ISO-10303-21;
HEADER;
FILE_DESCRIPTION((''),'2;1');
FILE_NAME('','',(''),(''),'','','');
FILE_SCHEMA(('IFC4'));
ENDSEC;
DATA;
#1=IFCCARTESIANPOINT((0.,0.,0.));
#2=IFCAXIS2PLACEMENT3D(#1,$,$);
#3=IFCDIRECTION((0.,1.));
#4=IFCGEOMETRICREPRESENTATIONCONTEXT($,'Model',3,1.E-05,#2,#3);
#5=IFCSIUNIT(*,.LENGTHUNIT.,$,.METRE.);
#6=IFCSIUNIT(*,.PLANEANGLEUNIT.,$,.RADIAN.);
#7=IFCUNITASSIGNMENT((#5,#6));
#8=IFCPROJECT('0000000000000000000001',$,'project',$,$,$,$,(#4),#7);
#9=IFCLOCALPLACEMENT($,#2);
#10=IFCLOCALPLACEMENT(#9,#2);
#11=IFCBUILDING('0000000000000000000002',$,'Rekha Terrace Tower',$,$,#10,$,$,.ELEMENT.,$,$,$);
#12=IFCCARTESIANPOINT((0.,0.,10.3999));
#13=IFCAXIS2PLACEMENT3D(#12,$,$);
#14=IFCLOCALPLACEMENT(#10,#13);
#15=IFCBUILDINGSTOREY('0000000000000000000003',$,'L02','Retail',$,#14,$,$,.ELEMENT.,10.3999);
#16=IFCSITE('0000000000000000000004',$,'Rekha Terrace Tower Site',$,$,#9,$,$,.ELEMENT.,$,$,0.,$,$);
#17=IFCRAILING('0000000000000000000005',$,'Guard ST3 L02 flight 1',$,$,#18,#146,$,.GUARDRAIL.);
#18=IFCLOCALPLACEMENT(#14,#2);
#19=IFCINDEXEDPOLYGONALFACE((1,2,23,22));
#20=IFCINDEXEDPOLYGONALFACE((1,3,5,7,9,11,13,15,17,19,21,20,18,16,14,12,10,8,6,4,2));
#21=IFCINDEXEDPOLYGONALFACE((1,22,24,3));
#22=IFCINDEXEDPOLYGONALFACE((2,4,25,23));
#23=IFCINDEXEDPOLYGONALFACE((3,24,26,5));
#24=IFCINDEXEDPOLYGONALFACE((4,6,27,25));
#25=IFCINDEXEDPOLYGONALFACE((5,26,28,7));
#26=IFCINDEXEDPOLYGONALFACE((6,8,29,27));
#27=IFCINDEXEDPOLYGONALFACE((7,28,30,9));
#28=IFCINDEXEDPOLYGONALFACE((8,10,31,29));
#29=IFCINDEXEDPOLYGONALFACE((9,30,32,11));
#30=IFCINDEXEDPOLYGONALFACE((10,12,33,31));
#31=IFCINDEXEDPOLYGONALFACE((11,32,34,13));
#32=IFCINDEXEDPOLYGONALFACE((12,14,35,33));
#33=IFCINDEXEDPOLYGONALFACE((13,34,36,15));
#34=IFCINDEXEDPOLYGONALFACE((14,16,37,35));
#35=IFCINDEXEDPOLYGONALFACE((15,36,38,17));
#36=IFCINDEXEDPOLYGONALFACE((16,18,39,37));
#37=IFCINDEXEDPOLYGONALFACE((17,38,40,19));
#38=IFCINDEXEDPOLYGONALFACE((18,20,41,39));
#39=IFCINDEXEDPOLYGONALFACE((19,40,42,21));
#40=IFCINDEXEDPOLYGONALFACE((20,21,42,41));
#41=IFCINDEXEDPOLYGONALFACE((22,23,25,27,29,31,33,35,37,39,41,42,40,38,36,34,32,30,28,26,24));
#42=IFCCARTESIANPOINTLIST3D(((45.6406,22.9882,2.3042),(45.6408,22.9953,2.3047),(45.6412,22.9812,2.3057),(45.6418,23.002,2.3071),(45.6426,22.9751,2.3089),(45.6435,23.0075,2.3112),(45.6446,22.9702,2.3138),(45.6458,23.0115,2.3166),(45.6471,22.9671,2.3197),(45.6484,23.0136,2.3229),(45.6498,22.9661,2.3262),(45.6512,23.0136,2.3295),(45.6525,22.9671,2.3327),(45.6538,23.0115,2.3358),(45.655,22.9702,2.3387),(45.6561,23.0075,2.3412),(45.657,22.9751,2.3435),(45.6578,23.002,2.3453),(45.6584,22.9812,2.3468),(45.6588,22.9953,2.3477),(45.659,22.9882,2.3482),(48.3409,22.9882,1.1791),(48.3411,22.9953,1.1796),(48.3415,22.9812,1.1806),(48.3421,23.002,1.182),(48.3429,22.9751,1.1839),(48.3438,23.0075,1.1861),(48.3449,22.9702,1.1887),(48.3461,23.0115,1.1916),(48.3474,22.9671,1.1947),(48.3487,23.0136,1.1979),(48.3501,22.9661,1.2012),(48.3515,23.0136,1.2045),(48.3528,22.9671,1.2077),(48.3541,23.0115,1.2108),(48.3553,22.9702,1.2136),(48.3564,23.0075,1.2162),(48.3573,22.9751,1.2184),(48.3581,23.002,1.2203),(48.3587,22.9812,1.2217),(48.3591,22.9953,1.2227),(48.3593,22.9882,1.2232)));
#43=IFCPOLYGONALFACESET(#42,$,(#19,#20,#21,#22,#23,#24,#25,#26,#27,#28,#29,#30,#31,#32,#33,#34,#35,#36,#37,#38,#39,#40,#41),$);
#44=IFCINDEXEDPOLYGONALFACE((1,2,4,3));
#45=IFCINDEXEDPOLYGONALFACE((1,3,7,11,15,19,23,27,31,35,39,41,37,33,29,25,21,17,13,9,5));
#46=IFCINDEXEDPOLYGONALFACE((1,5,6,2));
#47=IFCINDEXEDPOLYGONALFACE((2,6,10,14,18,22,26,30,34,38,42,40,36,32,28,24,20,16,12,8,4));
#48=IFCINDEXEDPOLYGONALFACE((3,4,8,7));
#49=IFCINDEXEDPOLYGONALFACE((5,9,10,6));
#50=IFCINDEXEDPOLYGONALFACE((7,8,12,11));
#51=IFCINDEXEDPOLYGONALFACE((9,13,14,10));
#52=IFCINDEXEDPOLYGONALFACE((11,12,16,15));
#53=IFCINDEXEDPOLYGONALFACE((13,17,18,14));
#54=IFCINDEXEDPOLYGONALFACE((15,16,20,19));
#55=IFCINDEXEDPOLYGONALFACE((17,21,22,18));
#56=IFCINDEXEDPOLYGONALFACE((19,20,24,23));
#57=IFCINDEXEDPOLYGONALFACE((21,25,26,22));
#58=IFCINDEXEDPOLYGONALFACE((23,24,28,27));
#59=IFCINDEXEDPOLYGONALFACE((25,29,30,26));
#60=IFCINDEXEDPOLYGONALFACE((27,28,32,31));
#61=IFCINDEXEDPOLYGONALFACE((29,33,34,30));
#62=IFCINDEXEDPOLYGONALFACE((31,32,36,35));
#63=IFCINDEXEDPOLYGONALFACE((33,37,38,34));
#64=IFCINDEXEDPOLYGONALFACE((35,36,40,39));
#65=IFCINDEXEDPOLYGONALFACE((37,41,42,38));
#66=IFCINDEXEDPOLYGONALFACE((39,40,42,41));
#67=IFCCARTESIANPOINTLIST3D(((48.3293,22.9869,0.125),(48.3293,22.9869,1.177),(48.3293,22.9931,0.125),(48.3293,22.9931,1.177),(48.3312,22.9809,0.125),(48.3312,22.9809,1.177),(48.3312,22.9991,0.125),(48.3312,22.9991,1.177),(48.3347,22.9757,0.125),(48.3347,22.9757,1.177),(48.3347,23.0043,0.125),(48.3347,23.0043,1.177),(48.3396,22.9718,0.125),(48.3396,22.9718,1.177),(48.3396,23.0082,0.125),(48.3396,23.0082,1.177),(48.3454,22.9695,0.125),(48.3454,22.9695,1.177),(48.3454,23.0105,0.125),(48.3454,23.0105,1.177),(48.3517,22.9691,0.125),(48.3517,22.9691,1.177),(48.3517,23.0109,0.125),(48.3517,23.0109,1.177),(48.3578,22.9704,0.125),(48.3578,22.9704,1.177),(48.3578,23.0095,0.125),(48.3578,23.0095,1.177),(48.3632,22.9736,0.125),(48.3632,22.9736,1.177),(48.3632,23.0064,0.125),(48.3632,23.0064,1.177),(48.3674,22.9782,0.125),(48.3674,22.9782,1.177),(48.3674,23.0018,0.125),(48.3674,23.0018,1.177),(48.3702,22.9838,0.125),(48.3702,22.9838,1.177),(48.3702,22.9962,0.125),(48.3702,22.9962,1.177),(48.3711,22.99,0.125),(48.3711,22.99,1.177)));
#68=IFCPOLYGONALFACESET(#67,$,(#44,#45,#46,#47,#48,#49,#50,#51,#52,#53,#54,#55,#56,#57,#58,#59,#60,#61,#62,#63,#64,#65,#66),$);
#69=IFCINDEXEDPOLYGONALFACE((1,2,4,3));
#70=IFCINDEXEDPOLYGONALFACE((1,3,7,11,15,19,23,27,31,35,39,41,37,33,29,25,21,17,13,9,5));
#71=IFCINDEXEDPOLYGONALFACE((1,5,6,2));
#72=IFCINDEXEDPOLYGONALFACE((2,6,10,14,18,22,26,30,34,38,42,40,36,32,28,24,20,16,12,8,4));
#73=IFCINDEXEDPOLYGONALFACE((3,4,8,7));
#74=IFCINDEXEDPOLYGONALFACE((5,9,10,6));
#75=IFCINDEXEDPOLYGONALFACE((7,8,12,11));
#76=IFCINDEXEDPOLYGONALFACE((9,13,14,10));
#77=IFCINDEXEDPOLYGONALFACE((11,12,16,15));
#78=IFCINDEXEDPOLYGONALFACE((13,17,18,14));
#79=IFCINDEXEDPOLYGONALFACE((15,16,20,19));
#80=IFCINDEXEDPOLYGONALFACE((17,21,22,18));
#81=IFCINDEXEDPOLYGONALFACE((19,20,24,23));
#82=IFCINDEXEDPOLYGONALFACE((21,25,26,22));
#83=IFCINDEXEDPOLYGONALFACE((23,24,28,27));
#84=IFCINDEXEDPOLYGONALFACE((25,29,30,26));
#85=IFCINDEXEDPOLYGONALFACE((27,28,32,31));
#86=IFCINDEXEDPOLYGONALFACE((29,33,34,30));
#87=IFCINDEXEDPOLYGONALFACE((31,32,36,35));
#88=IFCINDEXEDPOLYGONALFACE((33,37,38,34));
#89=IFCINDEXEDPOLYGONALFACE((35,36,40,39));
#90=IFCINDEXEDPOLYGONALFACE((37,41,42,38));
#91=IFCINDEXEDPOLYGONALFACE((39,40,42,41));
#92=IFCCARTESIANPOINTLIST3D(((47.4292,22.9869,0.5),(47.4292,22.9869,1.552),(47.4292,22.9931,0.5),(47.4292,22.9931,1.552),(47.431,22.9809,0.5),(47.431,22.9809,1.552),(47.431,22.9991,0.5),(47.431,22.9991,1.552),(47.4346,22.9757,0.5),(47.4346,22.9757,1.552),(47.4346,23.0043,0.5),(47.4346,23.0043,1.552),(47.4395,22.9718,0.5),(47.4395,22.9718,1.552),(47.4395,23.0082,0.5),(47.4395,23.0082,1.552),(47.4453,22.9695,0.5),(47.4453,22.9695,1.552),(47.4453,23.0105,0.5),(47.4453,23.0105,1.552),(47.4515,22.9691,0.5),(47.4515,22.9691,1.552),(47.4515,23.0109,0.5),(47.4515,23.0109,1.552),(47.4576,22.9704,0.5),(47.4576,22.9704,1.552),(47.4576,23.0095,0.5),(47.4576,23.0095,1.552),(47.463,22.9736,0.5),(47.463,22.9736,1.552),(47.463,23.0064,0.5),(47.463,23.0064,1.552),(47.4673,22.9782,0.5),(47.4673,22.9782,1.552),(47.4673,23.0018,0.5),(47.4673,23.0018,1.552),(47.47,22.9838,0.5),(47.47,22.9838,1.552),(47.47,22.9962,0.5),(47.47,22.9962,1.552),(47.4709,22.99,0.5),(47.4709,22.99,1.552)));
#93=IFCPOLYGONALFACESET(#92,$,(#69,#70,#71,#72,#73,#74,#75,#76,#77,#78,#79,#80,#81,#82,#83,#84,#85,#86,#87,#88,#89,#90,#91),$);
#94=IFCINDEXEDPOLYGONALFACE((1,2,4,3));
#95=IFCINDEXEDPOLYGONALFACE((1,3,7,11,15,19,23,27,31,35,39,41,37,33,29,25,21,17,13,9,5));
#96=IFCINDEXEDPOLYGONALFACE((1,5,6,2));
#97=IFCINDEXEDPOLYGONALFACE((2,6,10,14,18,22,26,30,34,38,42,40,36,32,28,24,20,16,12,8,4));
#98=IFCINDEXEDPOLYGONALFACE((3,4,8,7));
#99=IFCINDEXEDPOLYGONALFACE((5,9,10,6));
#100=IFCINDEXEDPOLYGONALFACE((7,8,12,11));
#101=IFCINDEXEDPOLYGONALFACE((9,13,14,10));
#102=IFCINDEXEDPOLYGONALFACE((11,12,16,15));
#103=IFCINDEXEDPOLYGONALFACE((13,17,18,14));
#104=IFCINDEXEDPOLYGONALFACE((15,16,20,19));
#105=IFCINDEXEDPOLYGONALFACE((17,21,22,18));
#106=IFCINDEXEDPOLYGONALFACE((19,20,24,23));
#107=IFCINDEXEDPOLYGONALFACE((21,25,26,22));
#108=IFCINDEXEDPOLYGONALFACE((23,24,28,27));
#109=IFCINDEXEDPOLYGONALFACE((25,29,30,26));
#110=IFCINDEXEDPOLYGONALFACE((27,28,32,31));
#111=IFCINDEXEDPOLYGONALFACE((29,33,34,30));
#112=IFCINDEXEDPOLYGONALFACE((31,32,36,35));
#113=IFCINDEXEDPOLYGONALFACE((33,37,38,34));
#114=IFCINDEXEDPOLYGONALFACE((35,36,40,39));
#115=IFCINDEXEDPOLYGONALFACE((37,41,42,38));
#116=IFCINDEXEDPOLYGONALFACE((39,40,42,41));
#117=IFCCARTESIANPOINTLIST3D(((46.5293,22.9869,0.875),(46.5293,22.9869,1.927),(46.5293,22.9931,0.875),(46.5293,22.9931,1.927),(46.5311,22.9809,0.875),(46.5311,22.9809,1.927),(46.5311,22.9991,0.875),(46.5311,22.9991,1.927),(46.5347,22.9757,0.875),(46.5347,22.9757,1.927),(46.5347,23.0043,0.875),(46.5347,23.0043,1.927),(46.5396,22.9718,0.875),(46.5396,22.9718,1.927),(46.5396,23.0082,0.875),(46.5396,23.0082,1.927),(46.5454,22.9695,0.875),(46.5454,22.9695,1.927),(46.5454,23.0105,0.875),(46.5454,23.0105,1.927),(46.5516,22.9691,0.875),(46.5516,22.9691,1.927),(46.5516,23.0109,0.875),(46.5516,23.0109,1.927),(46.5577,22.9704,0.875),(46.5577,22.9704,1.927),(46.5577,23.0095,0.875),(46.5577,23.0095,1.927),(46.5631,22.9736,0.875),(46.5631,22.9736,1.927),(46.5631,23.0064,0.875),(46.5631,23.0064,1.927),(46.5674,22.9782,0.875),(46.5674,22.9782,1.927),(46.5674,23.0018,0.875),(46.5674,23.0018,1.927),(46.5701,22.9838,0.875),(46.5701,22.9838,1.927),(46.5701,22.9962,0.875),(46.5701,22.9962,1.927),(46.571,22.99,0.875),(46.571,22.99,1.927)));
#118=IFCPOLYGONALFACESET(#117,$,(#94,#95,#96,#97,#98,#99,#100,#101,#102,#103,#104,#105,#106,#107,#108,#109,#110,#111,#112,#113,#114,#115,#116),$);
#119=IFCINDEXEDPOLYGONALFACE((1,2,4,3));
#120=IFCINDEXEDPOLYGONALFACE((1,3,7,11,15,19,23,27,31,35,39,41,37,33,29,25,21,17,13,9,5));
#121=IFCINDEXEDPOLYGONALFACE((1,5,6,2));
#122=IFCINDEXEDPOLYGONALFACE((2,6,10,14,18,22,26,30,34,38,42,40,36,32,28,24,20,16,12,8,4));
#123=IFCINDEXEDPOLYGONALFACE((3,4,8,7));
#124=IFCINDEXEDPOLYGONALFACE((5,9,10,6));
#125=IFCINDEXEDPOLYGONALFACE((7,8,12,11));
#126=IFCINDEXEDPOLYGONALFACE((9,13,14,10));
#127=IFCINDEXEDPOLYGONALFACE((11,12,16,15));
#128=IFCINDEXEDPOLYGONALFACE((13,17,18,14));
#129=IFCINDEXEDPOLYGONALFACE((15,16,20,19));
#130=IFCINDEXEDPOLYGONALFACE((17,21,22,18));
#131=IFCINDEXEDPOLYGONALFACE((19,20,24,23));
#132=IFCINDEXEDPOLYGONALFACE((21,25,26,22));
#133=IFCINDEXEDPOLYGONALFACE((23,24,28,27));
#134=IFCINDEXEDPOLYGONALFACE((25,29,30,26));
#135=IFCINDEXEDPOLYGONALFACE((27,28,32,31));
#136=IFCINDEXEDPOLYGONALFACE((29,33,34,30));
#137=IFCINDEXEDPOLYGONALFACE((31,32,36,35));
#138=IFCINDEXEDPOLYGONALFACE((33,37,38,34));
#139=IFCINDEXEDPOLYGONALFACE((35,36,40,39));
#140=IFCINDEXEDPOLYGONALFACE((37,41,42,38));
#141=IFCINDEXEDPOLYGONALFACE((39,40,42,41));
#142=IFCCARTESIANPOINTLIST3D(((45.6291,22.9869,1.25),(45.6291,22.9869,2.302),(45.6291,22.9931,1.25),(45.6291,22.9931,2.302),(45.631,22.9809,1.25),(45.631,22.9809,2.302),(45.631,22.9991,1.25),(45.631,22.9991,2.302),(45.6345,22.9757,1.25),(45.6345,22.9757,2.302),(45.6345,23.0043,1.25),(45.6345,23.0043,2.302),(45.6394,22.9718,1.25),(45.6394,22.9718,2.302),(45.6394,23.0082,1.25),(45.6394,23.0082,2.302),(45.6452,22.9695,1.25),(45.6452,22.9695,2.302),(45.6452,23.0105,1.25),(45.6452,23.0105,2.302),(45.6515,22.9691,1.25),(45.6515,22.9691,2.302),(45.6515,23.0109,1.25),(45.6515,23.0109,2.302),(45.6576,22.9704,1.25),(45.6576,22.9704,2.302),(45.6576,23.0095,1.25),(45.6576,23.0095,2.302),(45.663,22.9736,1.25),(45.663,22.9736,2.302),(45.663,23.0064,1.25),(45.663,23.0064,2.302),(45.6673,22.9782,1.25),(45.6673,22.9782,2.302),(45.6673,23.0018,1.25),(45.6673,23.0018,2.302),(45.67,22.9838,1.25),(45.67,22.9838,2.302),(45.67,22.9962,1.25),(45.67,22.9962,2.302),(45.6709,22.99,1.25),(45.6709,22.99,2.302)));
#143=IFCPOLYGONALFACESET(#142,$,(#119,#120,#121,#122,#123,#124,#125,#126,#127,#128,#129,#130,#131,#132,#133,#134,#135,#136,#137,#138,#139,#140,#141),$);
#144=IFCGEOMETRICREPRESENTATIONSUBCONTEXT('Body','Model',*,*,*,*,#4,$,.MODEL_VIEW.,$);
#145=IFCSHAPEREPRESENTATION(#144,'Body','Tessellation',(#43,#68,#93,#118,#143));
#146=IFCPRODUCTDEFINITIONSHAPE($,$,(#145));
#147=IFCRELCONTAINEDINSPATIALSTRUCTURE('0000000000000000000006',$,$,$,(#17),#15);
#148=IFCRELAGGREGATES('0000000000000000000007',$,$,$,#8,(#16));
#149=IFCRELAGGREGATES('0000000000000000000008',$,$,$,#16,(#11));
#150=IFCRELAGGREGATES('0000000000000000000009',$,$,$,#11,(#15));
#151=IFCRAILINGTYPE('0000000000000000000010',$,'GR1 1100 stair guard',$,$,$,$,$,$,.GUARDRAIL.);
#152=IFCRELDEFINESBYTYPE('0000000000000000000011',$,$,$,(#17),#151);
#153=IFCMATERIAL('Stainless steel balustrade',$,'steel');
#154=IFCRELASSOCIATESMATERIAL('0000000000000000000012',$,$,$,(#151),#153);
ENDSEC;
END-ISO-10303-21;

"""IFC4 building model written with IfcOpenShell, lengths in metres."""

from ifc_helpers import new_model, si_unit, direction, frame, origin, origin_2d, place, context, subcontext, project, spatial, circle, extrude, material, type_object, element, save


model = new_model("IFC4")

# Units and contexts
model_context = context("Model", 3, precision=1e-05, world=origin(), true_north=direction((0.0, 1.0)))
body_context = subcontext(model_context, "Body", "Model", "MODEL_VIEW")
ifc_project = project(units=[si_unit("LENGTHUNIT", "METRE"), si_unit("PLANEANGLEUNIT", "RADIAN")], contexts=[model_context])

# Site, building, storey
site_placement = place(None, origin())
site = spatial("IfcSite", under=ifc_project, at=site_placement, Name="Rekha Terrace Tower Site", CompositionType="ELEMENT", RefElevation=0.0)
building_placement = place(site_placement, origin())
building = spatial("IfcBuilding", under=site, at=building_placement, Name="Rekha Terrace Tower", CompositionType="ELEMENT")
storey_placement = place(building_placement, frame((0.0, 0.0, 10.3999)))
storey = spatial("IfcBuildingStorey", under=building, at=storey_placement, Name="L02", Description="Retail", CompositionType="ELEMENT", Elevation=10.3999)

# Railing
ifc_material_1 = material(Name="Stainless steel balustrade", Category="steel")
railing_type_1 = type_object("IfcRailingType", Name="GR1 1100 stair guard", PredefinedType="GUARDRAIL", material=ifc_material_1)
railing_1_placement = place(storey_placement, frame((48.3501, 22.99, 0.125)))
element("IfcRailing", 1, at=railing_1_placement, inside=storey, type_object=railing_type_1, Name="Guard ST3 L02 flight 1", PredefinedType="GUARDRAIL", context=body_context, shape_type="SweptSolid", body=[
    extrude(circle(Radius=0.0239, at=origin_2d()), frame((0.0, 0.0, 1.0762), z_axis=(-0.923087, 0.0, 0.384592), x_axis=(0.0, -1.0, 0.0)), (0.0, 0.0, 1.0), 2.9253),
    extrude(circle(Radius=0.021, at=origin_2d()), origin(), (0.0, 0.0, 1.0), 1.052),
    extrude(circle(Radius=0.021, at=origin_2d()), frame((-0.9001, 0.0, 0.375)), (0.0, 0.0, 1.0), 1.052),
    extrude(circle(Radius=0.021, at=origin_2d()), frame((-1.8, 0.0, 0.75)), (0.0, 0.0, 1.0), 1.052),
    extrude(circle(Radius=0.021, at=origin_2d()), frame((-2.7002, 0.0, 1.125)), (0.0, 0.0, 1.0), 1.052),
])

save(model, "model.ifc")
